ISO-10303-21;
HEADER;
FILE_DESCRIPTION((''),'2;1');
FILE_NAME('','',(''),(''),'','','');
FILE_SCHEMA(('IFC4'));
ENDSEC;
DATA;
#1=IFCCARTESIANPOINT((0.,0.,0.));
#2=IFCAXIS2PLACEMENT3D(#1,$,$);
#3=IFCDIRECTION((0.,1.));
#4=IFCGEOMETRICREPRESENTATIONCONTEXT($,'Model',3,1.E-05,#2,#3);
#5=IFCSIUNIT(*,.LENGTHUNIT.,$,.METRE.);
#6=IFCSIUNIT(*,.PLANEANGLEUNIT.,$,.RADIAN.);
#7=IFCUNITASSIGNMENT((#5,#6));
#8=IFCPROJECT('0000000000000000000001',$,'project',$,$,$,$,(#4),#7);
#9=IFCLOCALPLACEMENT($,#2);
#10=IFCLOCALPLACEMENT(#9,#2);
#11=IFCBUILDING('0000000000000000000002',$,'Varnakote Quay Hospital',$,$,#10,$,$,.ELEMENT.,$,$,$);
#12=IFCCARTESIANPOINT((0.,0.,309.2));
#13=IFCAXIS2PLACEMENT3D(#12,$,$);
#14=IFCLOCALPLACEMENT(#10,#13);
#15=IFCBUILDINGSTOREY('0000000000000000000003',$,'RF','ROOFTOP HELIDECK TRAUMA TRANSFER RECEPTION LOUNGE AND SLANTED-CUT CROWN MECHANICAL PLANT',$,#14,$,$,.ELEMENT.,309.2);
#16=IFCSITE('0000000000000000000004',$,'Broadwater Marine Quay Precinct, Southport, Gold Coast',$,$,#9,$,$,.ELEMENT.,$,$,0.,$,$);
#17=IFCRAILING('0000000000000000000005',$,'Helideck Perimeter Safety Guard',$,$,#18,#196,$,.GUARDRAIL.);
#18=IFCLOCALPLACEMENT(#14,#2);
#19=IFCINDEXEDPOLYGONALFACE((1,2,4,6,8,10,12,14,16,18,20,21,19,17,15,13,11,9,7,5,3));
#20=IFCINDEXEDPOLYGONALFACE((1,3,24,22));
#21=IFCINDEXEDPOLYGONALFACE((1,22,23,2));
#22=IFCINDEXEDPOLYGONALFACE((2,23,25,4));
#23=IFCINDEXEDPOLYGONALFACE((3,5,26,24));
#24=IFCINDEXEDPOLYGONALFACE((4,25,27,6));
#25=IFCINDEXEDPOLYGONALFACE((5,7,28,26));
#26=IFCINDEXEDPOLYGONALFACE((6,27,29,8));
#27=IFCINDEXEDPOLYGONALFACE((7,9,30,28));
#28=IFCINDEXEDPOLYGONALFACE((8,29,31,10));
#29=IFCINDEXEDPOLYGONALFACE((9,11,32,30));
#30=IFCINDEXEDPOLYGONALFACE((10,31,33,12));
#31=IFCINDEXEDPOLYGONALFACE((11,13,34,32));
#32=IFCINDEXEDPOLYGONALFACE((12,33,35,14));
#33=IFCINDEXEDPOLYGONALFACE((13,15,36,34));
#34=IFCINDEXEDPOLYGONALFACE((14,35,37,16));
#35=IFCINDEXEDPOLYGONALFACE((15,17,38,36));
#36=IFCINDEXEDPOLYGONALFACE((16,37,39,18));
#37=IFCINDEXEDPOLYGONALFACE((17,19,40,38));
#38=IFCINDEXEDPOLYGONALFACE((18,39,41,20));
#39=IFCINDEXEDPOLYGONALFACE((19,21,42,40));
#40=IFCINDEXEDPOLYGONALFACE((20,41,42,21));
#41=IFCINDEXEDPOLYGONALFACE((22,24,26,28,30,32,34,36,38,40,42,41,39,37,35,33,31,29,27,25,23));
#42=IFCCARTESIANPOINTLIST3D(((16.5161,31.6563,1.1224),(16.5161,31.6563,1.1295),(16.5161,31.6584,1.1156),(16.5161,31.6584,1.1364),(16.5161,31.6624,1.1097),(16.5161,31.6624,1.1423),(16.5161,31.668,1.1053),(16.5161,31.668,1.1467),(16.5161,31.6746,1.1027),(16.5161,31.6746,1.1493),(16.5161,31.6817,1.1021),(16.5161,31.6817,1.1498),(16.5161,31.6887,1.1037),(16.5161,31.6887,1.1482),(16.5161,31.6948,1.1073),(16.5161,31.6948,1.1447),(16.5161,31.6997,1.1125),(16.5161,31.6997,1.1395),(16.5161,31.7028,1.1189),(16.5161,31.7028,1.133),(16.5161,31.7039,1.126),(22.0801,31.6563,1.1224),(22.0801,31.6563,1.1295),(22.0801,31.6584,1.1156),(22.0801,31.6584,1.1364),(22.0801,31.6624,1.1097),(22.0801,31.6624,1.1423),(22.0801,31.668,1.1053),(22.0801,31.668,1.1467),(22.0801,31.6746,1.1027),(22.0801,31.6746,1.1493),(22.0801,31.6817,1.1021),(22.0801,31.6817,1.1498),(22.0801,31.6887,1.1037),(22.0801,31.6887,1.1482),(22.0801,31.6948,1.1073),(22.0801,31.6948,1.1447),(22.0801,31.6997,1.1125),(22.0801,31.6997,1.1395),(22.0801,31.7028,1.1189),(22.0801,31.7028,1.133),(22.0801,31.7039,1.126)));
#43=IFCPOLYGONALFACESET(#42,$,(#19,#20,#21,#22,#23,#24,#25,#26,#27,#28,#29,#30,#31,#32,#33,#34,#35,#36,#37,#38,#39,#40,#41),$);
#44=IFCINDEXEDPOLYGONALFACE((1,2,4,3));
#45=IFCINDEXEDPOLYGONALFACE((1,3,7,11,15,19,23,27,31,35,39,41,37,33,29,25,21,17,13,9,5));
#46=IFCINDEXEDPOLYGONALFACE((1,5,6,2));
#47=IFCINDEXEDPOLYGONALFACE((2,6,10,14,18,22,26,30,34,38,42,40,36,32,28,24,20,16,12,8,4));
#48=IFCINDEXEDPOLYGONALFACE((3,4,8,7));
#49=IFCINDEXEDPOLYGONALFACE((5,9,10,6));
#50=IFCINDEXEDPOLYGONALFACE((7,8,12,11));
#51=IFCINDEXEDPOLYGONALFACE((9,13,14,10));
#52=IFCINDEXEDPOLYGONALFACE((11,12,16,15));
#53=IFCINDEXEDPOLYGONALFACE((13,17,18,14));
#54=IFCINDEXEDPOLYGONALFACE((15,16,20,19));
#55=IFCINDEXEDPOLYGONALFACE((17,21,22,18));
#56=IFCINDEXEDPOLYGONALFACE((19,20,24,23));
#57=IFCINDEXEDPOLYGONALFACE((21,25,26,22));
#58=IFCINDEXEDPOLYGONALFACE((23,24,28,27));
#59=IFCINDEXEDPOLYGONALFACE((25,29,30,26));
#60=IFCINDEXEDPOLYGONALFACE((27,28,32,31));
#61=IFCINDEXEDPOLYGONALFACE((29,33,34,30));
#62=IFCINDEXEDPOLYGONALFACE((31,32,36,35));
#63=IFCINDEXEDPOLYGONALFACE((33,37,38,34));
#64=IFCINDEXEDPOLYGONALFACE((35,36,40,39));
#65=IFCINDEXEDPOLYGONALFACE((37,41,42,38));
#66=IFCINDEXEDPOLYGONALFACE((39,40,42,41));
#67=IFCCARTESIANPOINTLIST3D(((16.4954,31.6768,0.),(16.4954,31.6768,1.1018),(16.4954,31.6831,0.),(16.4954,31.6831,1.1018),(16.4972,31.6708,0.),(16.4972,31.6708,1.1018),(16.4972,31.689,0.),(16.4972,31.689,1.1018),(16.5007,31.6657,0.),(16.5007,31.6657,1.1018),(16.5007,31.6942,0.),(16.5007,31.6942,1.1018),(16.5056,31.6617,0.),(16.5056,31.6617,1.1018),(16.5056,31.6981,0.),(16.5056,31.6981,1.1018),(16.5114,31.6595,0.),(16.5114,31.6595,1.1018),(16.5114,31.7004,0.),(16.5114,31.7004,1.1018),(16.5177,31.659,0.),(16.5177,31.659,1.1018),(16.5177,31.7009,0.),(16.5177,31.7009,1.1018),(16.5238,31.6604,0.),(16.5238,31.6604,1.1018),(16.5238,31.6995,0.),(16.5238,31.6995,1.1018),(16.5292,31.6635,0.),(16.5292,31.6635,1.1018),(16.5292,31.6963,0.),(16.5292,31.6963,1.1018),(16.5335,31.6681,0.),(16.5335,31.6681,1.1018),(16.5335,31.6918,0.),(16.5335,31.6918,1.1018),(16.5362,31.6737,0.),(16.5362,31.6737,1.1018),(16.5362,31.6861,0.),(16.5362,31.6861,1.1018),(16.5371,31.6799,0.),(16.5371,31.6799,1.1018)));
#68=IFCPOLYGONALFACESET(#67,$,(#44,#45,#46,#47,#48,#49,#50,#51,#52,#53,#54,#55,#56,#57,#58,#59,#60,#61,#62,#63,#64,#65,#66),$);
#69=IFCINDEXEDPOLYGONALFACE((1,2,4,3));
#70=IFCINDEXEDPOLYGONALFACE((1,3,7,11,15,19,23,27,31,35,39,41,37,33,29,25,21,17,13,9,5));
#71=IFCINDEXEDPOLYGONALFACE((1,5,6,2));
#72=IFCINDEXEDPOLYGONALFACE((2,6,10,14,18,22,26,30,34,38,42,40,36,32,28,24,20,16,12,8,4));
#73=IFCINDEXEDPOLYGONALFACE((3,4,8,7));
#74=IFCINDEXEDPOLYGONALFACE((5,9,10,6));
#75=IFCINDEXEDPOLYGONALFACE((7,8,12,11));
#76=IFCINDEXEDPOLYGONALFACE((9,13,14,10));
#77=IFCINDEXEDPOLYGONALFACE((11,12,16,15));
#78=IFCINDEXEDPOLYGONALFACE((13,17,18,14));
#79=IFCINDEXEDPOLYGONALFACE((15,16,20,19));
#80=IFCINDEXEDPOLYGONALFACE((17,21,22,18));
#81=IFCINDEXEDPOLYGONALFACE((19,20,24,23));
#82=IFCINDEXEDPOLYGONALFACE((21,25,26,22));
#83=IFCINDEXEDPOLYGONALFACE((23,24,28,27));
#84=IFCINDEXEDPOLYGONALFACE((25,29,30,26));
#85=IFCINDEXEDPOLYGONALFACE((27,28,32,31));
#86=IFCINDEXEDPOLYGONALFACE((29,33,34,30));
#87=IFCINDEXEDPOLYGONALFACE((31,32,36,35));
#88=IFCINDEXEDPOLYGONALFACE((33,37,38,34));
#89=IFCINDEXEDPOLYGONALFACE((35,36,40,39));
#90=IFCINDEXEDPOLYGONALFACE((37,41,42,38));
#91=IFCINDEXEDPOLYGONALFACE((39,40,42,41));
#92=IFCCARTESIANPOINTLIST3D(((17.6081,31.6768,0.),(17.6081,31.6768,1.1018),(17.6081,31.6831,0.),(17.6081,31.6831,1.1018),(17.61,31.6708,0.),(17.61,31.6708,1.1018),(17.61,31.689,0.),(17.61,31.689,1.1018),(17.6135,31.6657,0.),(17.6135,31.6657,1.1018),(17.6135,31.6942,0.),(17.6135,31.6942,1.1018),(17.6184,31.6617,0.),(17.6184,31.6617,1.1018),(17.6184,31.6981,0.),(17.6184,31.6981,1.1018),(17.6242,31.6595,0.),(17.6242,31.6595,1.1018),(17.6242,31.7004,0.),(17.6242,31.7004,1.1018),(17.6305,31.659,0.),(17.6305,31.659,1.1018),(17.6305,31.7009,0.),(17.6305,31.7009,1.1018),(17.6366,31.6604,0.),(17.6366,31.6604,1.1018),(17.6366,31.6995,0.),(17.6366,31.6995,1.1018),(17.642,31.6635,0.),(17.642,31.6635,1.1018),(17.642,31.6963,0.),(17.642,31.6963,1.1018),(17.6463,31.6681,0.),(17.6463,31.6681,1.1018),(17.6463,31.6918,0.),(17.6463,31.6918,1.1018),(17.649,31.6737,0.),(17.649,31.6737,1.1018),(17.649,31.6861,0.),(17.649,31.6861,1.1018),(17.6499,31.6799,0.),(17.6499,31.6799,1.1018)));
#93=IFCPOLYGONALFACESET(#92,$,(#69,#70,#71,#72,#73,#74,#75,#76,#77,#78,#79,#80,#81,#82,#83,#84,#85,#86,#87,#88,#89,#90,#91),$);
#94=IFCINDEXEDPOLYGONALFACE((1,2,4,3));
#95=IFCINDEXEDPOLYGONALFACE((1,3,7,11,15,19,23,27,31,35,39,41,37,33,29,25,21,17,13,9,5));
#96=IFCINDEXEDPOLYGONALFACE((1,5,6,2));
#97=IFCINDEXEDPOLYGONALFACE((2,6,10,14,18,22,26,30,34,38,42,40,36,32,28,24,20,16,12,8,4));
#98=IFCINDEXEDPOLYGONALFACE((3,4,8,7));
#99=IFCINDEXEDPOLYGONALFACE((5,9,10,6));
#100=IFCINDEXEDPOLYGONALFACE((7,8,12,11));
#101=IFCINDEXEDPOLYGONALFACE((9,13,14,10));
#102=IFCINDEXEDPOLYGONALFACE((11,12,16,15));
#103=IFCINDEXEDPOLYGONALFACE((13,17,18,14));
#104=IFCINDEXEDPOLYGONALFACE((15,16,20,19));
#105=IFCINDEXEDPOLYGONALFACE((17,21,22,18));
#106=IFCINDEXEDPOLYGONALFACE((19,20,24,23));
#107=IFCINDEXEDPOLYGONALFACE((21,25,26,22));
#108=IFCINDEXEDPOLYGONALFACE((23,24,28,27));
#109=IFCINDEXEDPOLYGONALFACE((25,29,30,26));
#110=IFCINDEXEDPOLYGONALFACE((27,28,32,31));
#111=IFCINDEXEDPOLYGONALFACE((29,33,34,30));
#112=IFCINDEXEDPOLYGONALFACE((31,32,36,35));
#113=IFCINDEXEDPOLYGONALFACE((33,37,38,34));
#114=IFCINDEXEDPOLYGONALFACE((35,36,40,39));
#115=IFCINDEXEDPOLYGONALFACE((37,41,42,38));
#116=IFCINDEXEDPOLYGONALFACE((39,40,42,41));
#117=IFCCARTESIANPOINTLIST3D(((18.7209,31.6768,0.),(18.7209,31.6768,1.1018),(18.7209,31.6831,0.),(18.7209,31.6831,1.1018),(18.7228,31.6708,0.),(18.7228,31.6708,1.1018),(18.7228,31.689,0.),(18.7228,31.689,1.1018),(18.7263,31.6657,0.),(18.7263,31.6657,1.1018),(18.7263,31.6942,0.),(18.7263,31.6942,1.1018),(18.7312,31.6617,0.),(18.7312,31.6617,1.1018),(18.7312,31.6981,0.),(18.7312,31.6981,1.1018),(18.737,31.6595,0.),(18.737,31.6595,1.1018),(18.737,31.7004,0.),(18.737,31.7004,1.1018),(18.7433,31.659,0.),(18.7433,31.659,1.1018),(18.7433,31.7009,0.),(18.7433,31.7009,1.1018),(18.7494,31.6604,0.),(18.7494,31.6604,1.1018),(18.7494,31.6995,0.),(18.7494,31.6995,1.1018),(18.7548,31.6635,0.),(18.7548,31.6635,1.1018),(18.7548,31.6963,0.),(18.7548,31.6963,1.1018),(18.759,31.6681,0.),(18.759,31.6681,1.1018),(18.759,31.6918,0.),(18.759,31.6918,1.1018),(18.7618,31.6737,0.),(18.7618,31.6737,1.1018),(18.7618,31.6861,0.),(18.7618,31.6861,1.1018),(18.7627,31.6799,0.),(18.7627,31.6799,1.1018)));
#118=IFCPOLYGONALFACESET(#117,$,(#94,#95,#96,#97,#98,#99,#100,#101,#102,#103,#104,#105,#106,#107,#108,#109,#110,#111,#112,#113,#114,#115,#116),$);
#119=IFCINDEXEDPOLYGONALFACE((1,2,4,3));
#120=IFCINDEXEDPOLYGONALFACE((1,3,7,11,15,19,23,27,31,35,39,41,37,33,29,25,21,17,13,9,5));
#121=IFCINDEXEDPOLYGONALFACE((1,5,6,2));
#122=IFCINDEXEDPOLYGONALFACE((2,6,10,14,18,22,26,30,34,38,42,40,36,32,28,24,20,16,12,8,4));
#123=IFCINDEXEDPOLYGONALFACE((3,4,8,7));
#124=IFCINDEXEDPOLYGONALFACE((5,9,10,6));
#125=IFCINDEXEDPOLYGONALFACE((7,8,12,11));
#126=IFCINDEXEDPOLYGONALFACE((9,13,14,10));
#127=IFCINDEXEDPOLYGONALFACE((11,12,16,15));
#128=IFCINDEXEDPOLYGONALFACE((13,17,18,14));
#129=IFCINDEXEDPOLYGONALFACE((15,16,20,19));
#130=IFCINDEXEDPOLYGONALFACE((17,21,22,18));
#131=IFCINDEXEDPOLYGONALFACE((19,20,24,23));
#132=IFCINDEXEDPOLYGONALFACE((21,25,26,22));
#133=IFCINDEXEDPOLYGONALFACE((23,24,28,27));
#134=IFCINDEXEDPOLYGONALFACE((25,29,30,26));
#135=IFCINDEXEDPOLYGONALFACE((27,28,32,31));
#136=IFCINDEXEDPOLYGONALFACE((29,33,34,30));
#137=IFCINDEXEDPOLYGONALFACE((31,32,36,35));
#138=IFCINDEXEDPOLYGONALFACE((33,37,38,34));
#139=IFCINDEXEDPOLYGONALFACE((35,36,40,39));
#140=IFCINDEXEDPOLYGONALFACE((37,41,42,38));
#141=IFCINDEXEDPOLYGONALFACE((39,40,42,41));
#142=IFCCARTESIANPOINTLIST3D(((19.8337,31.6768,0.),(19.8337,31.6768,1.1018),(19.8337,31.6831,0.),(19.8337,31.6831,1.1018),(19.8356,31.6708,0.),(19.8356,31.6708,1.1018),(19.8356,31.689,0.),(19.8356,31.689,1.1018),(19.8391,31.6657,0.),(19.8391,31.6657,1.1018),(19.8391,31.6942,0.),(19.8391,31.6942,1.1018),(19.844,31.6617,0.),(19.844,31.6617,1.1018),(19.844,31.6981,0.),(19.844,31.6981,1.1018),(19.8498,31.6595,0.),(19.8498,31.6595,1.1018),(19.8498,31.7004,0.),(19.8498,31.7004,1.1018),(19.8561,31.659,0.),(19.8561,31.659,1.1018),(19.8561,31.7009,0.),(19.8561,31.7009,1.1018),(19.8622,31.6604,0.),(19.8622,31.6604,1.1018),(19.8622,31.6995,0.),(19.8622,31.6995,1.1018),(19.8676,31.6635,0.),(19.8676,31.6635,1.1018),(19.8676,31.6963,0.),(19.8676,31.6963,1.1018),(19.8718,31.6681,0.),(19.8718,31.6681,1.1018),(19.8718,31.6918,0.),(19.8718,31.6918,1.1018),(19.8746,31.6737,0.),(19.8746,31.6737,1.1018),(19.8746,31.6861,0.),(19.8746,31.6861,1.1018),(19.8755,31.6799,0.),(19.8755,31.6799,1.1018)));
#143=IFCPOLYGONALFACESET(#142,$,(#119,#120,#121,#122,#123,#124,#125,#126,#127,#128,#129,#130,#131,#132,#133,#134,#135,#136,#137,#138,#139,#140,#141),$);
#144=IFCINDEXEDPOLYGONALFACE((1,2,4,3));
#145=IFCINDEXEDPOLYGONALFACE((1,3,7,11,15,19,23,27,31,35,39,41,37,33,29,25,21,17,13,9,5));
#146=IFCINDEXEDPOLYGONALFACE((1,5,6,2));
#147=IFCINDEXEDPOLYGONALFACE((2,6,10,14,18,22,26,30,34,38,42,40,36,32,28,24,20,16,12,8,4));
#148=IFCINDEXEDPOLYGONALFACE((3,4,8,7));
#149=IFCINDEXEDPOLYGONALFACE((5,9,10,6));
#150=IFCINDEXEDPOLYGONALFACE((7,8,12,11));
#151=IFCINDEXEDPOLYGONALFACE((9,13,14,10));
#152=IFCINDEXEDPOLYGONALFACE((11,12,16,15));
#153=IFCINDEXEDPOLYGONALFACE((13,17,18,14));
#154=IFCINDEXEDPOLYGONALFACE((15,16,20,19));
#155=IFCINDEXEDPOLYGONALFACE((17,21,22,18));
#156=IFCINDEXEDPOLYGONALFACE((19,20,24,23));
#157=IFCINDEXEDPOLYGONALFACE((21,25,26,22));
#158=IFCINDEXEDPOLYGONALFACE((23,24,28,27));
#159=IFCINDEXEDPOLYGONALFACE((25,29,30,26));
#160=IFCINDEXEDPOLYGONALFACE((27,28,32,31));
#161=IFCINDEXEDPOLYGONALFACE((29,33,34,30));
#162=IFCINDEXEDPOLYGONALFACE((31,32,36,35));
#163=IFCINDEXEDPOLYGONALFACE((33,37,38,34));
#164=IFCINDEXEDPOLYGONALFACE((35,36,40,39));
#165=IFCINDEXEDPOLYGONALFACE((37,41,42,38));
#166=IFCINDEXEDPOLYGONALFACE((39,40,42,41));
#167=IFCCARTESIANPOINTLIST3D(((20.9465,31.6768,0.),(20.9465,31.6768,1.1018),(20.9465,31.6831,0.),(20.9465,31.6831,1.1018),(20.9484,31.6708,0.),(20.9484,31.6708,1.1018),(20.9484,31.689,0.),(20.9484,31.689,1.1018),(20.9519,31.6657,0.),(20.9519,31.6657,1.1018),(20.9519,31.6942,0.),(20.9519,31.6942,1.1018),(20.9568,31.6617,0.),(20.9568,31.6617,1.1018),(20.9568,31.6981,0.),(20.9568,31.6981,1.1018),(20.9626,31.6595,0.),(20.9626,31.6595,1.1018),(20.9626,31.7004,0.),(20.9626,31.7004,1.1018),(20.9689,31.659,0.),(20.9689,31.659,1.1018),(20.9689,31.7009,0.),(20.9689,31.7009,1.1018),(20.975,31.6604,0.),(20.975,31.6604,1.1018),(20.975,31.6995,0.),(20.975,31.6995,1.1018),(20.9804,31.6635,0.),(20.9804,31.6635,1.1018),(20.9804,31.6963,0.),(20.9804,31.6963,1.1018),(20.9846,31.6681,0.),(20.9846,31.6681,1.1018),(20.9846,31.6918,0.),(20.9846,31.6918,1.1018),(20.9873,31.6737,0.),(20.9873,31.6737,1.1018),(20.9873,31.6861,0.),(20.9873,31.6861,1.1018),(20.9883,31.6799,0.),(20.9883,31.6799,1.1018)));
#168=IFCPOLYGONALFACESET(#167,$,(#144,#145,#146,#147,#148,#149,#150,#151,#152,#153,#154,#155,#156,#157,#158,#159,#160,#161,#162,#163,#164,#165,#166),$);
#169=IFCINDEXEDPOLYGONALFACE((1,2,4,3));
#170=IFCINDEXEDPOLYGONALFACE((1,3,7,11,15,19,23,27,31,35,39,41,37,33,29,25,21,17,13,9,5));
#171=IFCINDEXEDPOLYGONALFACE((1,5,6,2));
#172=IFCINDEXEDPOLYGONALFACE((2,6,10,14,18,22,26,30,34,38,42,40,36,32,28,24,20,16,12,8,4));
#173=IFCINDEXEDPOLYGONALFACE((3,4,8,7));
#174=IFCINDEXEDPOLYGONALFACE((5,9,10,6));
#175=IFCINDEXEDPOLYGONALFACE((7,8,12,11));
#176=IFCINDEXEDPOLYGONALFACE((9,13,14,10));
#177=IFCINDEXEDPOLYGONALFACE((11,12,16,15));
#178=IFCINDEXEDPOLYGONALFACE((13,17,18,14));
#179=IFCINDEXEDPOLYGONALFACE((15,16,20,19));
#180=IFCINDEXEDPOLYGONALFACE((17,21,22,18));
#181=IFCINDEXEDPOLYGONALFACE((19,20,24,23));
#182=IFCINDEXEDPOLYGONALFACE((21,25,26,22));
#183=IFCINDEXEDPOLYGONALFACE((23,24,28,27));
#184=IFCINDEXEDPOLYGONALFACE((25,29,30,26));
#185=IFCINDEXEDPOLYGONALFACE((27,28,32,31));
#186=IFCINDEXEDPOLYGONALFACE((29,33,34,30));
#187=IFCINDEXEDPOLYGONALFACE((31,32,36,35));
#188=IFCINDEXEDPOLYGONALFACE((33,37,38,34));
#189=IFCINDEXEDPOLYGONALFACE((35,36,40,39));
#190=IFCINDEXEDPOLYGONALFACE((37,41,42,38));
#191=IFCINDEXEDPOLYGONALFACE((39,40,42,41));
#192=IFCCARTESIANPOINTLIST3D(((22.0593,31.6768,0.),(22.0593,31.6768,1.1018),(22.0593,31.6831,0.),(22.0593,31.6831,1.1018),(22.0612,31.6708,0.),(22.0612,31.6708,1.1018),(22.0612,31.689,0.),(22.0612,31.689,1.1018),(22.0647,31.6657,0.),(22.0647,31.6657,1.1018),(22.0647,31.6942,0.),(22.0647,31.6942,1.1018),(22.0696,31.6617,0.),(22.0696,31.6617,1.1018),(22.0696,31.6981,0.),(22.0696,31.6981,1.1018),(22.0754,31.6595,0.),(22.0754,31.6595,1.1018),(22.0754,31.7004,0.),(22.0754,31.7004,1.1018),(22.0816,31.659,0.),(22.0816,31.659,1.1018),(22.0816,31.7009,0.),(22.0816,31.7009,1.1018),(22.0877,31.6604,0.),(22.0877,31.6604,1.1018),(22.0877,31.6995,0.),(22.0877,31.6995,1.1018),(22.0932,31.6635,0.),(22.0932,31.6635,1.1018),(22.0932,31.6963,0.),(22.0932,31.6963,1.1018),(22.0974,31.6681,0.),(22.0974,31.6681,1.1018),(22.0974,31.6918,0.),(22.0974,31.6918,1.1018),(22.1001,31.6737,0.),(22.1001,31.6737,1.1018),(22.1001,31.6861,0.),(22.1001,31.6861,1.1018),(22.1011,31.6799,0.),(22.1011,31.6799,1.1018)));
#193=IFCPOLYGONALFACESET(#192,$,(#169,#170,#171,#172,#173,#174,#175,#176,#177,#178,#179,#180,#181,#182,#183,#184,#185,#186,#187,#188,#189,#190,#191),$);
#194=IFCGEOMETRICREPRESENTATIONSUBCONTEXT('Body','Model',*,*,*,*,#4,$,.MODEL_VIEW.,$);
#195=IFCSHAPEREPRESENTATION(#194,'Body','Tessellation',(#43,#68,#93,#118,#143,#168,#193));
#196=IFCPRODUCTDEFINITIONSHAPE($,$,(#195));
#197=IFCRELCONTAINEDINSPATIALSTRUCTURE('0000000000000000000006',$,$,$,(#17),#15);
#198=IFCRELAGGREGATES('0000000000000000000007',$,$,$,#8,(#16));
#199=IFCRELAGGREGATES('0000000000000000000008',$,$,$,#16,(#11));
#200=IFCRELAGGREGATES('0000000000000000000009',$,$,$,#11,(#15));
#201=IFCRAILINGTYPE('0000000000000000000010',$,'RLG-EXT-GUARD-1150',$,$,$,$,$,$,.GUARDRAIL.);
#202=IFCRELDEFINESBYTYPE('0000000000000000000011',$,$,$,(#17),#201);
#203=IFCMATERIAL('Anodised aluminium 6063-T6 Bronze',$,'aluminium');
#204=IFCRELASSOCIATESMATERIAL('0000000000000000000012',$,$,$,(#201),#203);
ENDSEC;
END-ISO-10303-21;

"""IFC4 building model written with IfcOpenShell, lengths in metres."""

from ifc_helpers import new_model, si_unit, direction, frame, origin, origin_2d, place, context, subcontext, project, spatial, circle, extrude, material, type_object, element, save


model = new_model("IFC4")

# Units and contexts
model_context = context("Model", 3, precision=1e-05, world=origin(), true_north=direction((0.0, 1.0)))
body_context = subcontext(model_context, "Body", "Model", "MODEL_VIEW")
ifc_project = project(units=[si_unit("LENGTHUNIT", "METRE"), si_unit("PLANEANGLEUNIT", "RADIAN")], contexts=[model_context])

# Site, building, storey
site_placement = place(None, origin())
site = spatial("IfcSite", under=ifc_project, at=site_placement, Name="Broadwater Marine Quay Precinct, Southport, Gold Coast", CompositionType="ELEMENT", RefElevation=0.0)
building_placement = place(site_placement, origin())
building = spatial("IfcBuilding", under=site, at=building_placement, Name="Varnakote Quay Hospital", CompositionType="ELEMENT")
storey_placement = place(building_placement, frame((0.0, 0.0, 309.2)))
storey = spatial("IfcBuildingStorey", under=building, at=storey_placement, Name="RF", Description="ROOFTOP HELIDECK TRAUMA TRANSFER RECEPTION LOUNGE AND SLANTED-CUT CROWN MECHANICAL PLANT", CompositionType="ELEMENT", Elevation=309.2)

# Railing
ifc_material_1 = material(Name="Anodised aluminium 6063-T6 Bronze", Category="aluminium")
railing_type = type_object("IfcRailingType", Name="RLG-EXT-GUARD-1150", PredefinedType="GUARDRAIL", material=ifc_material_1)
railing_1_placement = place(storey_placement, frame((16.5161, 31.6799, 0.0)))
element("IfcRailing", 1, at=railing_1_placement, inside=storey, type_object=railing_type, Name="Helideck Perimeter Safety Guard", PredefinedType="GUARDRAIL", context=body_context, shape_type="SweptSolid", body=[
    extrude(circle(Radius=0.0239, at=origin_2d()), frame((0.0, 0.0, 1.126), z_axis=(1.0, 0.0, 0.0), x_axis=(0.0, 1.0, 0.0)), (0.0, 0.0, 1.0), 5.564),
    extrude(circle(Radius=0.021, at=origin_2d()), origin(), (0.0, 0.0, 1.0), 1.1018),
    extrude(circle(Radius=0.021, at=origin_2d()), frame((1.1128, 0.0, 0.0)), (0.0, 0.0, 1.0), 1.1018),
    extrude(circle(Radius=0.021, at=origin_2d()), frame((2.2256, 0.0, 0.0)), (0.0, 0.0, 1.0), 1.1018),
    extrude(circle(Radius=0.021, at=origin_2d()), frame((3.3384, 0.0, 0.0)), (0.0, 0.0, 1.0), 1.1018),
    extrude(circle(Radius=0.021, at=origin_2d()), frame((4.4512, 0.0, 0.0)), (0.0, 0.0, 1.0), 1.1018),
    extrude(circle(Radius=0.021, at=origin_2d()), frame((5.564, 0.0, 0.0)), (0.0, 0.0, 1.0), 1.1018),
])

save(model, "model.ifc")
